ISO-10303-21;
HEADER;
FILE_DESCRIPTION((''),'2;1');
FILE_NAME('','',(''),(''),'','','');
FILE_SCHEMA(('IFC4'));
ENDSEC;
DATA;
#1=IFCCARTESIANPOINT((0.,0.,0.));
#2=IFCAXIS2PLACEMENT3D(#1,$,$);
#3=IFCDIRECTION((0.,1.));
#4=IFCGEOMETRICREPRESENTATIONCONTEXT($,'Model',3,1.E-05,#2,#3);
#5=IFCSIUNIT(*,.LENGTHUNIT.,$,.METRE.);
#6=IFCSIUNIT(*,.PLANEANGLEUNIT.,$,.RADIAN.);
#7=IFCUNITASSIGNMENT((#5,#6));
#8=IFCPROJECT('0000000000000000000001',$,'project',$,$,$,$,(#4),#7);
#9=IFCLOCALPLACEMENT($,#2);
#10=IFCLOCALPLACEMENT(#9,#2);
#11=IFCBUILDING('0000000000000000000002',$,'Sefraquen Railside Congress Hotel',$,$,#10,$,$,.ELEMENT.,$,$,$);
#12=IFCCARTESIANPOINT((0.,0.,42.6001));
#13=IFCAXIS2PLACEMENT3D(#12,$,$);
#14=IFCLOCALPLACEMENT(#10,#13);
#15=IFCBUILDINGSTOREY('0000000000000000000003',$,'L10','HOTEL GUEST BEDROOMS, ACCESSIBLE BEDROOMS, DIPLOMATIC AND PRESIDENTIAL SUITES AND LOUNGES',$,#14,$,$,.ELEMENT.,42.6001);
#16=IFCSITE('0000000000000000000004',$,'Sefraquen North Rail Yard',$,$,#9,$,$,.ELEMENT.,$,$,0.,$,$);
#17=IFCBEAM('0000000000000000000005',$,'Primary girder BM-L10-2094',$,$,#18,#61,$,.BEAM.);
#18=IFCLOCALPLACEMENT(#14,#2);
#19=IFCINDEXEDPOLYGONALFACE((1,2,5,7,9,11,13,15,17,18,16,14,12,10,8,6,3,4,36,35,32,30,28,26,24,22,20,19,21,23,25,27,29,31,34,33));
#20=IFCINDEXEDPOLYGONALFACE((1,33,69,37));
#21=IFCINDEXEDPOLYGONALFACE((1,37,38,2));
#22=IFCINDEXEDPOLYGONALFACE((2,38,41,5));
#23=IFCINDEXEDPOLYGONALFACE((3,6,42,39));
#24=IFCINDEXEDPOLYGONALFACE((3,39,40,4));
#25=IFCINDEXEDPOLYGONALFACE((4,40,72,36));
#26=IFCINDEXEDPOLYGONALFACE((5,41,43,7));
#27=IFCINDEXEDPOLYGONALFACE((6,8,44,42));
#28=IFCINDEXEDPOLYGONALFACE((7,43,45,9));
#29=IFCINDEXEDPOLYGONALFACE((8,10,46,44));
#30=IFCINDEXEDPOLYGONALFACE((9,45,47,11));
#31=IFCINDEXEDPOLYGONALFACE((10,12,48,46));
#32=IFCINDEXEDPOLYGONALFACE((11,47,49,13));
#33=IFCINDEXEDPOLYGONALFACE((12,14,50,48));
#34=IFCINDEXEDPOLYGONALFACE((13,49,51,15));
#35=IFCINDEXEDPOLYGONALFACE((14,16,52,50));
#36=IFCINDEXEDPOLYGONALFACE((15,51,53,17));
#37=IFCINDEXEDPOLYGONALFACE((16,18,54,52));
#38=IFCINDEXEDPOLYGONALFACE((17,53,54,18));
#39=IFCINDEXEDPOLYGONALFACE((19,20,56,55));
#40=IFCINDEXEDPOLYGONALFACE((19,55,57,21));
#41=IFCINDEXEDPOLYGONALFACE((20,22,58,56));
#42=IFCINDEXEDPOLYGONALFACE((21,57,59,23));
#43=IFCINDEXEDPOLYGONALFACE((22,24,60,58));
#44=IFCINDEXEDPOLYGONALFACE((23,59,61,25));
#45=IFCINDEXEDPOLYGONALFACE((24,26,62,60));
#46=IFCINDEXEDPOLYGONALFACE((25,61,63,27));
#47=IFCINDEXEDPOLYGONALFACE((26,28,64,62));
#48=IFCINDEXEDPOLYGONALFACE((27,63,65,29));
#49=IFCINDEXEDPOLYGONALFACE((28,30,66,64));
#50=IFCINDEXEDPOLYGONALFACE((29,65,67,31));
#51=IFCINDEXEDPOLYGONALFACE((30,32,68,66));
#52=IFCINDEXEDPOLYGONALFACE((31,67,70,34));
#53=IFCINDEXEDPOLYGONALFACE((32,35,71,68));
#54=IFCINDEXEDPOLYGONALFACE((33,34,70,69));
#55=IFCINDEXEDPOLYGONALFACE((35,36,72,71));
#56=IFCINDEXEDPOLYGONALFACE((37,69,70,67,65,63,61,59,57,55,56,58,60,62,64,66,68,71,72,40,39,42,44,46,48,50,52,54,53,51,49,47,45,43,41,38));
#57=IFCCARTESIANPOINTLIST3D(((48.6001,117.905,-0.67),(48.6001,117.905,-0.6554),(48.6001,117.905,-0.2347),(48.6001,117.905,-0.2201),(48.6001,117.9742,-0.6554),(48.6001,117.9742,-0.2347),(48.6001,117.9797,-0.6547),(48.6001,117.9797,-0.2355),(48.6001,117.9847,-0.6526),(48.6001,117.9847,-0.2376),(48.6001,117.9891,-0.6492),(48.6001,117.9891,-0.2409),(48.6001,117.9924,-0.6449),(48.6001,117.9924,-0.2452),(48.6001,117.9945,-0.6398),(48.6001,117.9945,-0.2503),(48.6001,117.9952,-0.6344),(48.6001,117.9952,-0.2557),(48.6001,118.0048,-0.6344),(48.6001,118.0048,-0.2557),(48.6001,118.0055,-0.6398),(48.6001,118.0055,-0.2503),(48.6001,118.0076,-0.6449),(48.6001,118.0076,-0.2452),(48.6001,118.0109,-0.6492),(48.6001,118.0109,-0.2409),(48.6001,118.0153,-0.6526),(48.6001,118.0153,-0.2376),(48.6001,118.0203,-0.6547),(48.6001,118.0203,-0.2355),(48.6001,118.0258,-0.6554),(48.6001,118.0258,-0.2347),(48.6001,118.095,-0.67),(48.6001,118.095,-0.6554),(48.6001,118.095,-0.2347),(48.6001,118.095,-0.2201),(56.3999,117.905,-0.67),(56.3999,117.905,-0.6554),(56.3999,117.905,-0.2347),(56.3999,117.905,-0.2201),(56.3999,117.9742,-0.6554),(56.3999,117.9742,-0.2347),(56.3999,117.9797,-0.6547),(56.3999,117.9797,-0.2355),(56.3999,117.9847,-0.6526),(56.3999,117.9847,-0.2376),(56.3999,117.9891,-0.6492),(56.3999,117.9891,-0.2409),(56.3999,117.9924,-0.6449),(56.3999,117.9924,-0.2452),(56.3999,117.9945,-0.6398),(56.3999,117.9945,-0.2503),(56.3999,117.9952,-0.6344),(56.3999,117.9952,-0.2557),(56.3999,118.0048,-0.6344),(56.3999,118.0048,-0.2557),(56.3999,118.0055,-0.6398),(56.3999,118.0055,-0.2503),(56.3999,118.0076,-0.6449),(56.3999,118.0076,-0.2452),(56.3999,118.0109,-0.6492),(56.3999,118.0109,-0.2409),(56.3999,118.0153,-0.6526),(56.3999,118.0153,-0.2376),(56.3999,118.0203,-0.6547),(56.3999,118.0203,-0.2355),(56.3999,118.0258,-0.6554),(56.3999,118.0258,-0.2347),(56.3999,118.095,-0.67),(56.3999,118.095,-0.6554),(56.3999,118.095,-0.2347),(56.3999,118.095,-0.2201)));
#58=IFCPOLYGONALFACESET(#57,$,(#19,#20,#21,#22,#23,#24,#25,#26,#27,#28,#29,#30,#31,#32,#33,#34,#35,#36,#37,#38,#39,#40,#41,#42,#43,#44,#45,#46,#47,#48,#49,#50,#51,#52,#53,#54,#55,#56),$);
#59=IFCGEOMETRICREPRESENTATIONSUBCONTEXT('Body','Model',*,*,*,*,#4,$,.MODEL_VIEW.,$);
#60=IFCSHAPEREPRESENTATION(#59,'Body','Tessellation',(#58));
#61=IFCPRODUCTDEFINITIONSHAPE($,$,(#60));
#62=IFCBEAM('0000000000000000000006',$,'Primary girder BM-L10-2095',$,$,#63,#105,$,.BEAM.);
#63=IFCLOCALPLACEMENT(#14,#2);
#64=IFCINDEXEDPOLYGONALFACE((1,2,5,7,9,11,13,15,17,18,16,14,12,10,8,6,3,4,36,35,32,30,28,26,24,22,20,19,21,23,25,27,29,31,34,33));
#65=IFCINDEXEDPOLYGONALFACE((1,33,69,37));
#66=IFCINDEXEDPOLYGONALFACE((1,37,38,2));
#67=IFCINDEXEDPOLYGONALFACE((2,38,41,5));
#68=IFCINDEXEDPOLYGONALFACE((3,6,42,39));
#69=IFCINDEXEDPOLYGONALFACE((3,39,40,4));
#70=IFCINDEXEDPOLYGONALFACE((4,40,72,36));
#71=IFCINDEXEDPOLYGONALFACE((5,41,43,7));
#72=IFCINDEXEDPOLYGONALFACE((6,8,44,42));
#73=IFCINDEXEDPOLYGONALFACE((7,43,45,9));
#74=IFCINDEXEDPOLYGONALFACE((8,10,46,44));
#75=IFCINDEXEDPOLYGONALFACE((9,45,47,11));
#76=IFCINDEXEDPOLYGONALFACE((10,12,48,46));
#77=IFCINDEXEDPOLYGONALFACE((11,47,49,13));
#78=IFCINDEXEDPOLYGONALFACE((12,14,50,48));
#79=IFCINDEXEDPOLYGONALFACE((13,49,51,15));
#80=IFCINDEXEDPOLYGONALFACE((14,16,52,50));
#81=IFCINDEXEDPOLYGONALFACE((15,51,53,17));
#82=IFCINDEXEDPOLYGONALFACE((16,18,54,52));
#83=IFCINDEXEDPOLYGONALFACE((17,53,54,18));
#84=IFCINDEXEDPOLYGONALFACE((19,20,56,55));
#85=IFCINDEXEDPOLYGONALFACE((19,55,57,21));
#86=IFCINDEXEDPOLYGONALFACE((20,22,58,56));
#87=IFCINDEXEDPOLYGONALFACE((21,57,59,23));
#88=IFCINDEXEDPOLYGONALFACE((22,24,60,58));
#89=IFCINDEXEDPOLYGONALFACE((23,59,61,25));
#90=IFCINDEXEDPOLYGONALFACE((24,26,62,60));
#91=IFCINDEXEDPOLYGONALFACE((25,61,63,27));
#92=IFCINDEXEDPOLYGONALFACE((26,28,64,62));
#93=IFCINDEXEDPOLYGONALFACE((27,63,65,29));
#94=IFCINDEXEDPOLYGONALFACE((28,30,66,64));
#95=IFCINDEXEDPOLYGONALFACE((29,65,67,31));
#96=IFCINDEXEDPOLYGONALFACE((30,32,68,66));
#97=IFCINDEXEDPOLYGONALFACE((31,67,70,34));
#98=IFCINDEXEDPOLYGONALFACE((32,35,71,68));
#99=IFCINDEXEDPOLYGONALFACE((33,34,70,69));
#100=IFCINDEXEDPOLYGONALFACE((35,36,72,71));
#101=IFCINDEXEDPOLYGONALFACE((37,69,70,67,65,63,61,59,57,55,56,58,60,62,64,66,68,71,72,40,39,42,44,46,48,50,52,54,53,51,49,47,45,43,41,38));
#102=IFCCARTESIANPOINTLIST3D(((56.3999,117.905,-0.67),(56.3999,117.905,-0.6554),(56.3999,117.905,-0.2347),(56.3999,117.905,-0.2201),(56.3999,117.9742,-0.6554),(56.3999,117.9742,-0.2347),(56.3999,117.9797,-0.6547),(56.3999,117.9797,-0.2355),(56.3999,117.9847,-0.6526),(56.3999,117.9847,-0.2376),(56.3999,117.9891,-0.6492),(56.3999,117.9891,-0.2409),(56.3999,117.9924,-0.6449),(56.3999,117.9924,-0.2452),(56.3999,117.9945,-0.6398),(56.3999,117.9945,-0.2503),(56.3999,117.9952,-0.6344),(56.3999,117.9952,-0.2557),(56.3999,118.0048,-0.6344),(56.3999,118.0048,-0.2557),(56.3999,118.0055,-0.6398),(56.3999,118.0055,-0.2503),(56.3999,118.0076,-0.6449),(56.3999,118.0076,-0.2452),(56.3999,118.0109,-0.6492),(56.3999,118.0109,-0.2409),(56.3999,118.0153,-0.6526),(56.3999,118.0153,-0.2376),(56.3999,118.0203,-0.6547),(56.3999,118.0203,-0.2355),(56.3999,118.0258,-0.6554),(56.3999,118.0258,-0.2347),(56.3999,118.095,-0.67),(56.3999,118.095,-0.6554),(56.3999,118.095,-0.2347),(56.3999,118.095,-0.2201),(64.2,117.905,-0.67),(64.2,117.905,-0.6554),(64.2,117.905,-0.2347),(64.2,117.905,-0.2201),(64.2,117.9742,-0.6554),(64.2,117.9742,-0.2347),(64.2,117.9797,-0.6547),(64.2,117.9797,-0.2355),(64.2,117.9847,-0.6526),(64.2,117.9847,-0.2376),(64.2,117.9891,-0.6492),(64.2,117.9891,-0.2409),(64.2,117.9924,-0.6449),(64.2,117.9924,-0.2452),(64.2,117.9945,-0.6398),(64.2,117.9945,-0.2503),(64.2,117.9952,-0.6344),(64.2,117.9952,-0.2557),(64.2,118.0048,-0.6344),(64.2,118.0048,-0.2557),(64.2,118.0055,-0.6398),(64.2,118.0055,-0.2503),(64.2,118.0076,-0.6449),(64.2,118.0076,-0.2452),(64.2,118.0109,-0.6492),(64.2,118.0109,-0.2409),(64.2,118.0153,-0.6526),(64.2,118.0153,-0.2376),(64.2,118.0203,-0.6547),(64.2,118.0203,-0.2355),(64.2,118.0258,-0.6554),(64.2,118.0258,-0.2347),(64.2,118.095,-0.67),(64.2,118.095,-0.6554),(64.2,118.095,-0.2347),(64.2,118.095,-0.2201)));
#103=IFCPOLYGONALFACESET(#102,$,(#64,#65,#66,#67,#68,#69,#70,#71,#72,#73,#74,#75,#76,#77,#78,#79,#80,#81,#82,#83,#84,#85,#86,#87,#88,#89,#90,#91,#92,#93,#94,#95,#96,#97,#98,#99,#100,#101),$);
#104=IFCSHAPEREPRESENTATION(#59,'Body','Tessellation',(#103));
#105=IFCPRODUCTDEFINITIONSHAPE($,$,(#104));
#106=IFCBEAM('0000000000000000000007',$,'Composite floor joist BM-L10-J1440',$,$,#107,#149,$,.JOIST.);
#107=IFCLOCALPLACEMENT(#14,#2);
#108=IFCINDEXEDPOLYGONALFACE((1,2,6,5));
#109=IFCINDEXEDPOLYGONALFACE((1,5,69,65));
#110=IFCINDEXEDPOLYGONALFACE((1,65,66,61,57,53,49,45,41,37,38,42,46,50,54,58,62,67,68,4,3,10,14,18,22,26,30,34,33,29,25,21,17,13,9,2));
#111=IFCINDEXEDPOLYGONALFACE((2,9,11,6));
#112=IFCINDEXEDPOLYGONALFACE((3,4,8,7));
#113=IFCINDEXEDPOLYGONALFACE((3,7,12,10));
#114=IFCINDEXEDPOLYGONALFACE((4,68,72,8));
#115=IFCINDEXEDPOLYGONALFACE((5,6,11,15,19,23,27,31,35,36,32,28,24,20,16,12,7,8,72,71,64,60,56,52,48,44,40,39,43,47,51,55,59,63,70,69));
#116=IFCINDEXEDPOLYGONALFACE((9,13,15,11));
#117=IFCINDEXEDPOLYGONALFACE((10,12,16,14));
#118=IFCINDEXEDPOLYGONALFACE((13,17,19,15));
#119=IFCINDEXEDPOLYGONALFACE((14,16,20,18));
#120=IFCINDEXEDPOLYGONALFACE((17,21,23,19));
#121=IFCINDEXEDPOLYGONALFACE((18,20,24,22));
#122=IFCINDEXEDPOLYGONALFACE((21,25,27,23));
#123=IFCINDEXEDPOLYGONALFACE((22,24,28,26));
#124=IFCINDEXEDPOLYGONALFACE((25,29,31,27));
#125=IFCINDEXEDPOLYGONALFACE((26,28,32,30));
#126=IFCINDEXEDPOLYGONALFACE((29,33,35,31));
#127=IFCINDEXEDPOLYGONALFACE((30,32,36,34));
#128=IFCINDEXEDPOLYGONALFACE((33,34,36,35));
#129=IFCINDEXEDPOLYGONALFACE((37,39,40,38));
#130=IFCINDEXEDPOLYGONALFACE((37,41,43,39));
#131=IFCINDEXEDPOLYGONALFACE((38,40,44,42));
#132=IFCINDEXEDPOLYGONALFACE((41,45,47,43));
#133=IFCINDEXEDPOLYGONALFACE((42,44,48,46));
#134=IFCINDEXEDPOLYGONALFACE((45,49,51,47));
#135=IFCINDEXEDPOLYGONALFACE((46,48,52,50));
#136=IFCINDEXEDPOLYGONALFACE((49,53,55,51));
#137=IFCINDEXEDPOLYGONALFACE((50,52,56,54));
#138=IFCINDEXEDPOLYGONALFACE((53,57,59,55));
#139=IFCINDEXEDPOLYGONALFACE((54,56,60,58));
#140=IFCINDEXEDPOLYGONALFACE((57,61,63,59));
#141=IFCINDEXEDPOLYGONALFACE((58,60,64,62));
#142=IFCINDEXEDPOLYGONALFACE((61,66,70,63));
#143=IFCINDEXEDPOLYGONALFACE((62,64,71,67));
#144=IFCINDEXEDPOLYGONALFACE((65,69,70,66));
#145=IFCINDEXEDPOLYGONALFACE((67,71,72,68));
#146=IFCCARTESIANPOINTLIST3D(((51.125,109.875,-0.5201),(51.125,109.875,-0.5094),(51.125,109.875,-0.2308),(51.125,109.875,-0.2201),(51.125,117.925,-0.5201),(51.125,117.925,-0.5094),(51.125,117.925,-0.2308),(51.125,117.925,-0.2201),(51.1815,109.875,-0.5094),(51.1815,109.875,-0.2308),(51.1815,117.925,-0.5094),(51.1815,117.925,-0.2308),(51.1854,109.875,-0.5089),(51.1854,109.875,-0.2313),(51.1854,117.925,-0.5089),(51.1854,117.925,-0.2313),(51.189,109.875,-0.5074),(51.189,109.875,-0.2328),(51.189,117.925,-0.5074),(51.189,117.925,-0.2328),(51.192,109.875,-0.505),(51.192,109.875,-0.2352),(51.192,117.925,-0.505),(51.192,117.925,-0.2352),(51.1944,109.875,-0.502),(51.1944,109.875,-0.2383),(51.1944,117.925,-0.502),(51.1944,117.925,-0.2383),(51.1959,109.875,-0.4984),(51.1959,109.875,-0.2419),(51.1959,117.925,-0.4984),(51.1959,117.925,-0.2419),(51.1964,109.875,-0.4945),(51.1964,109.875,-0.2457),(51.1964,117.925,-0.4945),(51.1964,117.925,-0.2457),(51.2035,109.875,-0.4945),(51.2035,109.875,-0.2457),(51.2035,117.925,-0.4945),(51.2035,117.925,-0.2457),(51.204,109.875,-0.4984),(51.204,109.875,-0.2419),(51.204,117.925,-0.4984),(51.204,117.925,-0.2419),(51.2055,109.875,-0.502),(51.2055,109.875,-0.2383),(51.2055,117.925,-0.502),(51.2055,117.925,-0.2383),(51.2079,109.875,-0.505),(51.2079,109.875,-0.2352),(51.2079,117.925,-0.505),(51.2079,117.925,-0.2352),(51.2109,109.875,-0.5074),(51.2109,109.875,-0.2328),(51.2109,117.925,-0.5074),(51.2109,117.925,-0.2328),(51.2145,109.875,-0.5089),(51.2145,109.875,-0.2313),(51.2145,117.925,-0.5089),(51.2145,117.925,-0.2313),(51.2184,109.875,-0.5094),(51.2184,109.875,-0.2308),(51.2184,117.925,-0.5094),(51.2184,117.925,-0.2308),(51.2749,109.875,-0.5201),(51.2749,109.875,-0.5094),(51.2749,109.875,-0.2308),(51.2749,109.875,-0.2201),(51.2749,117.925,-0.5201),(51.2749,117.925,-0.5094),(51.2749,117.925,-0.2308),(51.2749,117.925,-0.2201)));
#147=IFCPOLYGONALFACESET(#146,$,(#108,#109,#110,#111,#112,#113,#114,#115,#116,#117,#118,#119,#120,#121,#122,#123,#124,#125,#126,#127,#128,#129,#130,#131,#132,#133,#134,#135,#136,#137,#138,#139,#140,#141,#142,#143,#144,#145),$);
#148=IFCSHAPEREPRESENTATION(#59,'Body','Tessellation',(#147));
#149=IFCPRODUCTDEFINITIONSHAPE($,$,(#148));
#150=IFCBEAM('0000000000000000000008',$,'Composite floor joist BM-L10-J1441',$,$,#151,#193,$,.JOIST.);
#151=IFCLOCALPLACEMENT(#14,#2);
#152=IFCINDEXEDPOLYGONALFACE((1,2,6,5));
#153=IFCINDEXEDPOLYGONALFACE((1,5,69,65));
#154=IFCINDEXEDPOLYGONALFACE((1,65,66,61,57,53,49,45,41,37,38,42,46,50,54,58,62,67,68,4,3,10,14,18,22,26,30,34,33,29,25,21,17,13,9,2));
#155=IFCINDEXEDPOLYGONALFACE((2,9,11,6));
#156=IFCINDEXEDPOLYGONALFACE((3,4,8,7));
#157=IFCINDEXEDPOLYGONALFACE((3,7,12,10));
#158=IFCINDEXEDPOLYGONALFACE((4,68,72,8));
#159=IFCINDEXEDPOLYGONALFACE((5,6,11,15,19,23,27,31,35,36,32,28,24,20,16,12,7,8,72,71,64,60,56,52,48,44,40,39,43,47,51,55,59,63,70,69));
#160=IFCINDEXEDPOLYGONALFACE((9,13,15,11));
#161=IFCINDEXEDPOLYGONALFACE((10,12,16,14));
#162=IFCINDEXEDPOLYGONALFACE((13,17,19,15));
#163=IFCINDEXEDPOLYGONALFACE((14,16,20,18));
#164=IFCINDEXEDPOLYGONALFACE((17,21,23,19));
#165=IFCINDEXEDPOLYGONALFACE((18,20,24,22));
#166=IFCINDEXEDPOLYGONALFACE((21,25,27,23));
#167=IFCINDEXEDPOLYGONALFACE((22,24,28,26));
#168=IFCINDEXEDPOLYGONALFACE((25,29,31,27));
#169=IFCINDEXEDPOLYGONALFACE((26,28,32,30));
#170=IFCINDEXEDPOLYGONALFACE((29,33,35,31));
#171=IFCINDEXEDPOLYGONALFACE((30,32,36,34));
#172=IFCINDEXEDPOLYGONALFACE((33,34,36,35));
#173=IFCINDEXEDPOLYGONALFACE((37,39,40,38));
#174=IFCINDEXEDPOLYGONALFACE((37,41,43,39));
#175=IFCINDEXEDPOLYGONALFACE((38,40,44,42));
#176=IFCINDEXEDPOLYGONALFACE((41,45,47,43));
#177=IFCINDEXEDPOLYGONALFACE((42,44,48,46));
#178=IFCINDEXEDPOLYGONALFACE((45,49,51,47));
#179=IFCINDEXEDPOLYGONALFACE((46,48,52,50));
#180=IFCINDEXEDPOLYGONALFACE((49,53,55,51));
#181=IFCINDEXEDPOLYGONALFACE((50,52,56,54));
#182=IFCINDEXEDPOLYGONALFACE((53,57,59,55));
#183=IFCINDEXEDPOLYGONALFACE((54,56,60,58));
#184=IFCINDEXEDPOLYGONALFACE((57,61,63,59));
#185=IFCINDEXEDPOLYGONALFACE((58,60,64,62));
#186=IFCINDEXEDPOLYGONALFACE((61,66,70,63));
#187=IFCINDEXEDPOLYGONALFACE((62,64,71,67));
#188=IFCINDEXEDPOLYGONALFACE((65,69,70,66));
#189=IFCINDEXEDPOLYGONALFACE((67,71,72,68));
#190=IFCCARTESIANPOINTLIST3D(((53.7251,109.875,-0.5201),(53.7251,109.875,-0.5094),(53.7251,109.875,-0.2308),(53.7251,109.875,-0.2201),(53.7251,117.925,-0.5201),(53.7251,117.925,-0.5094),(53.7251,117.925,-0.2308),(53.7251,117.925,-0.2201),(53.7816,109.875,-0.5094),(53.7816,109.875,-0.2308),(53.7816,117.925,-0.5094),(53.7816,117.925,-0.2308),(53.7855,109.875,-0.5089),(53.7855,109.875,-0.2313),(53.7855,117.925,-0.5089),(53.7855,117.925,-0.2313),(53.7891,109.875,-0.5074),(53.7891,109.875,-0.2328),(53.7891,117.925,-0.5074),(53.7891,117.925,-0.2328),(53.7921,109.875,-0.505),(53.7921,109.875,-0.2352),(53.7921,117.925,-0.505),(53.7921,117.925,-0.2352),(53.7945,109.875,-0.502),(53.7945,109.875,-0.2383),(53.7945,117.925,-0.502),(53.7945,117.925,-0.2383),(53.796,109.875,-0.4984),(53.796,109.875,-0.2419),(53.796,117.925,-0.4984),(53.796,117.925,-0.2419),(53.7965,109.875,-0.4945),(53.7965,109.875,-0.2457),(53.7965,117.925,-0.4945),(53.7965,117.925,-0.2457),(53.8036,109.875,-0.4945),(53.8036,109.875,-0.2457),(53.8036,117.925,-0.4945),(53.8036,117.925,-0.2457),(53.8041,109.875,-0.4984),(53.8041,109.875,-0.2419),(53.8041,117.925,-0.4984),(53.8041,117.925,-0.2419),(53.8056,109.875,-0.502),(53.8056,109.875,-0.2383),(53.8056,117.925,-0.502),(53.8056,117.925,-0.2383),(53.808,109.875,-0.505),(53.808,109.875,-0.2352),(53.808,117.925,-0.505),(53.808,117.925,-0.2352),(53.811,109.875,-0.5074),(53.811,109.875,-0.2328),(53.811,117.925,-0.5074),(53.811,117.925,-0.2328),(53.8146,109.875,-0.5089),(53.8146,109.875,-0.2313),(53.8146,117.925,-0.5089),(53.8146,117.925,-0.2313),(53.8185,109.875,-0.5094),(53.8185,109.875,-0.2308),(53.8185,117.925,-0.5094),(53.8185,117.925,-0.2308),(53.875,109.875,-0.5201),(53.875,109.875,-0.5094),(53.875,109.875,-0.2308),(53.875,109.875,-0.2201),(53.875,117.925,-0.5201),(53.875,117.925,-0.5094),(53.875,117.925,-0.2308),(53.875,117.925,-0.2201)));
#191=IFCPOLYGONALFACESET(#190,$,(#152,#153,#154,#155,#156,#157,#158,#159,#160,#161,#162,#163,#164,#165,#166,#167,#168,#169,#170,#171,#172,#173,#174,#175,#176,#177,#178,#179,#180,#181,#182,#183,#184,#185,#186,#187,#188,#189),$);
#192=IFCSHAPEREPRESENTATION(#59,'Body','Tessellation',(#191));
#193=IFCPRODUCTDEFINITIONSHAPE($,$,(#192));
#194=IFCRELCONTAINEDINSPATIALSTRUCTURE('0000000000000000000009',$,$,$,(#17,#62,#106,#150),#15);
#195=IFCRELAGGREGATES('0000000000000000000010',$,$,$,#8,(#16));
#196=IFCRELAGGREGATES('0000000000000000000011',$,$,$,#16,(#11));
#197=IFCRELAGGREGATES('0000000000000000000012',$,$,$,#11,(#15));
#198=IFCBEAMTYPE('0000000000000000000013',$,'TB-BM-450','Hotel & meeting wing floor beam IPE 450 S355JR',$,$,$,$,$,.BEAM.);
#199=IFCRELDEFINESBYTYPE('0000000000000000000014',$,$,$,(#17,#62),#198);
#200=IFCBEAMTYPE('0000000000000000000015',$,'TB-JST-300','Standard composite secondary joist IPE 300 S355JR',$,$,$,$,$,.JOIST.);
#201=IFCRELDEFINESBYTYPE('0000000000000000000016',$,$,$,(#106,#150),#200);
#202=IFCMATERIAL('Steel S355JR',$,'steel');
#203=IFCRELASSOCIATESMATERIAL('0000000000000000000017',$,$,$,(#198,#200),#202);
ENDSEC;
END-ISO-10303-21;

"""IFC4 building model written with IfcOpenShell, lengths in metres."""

from ifc_helpers import new_model, si_unit, direction, frame, origin, origin_2d, place, context, subcontext, project, spatial, i_section, extrude, material, material_profile, profile_set, type_object, element, save


model = new_model("IFC4")

# Units and contexts
model_context = context("Model", 3, precision=1e-05, world=origin(), true_north=direction((0.0, 1.0)))
body_context = subcontext(model_context, "Body", "Model", "MODEL_VIEW")
ifc_project = project(units=[si_unit("LENGTHUNIT", "METRE"), si_unit("PLANEANGLEUNIT", "RADIAN")], contexts=[model_context])

# Site, building, storey
site_placement = place(None, origin())
site = spatial("IfcSite", under=ifc_project, at=site_placement, Name="Sefraquen North Rail Yard", CompositionType="ELEMENT", RefElevation=0.0)
building_placement = place(site_placement, origin())
building = spatial("IfcBuilding", under=site, at=building_placement, Name="Sefraquen Railside Congress Hotel", CompositionType="ELEMENT")
storey_placement = place(building_placement, frame((0.0, 0.0, 42.6001)))
storey = spatial("IfcBuildingStorey", under=building, at=storey_placement, Name="L10", Description="HOTEL GUEST BEDROOMS, ACCESSIBLE BEDROOMS, DIPLOMATIC AND PRESIDENTIAL SUITES AND LOUNGES", CompositionType="ELEMENT", Elevation=42.6001)

# Shared definitions
ifc_material_1 = material(Name="Steel S355JR", Category="steel")

# Beams
ifc_material_profile_1 = material_profile(ifc_material_1, i_section(OverallWidth=0.1899, OverallDepth=0.45, WebThickness=0.0095, FlangeThickness=0.0146, FilletRadius=0.021, at=origin_2d()), Name="IPE 450")
ifc_profile_set_1 = profile_set([ifc_material_profile_1], Name="Steel S355JR")
beam_type_1 = type_object("IfcBeamType", Name="TB-BM-450", Description="Hotel & meeting wing floor beam IPE 450 S355JR", PredefinedType="BEAM", material=ifc_profile_set_1)
beam_1_placement = place(storey_placement, frame((48.6001, 118.0, -0.4451), z_axis=(1.0, 0.0, 0.0), x_axis=(0.0, 1.0, 0.0)))
element("IfcBeam", 1, at=beam_1_placement, inside=storey, type_object=beam_type_1, Name="Primary girder BM-L10-2094", PredefinedType="BEAM", context=body_context, shape_type="SweptSolid", body=[
    extrude(i_section(OverallWidth=0.1899, OverallDepth=0.45, WebThickness=0.0095, FlangeThickness=0.0146, FilletRadius=0.021, at=origin_2d()), origin(), (0.0, 0.0, 1.0), 7.7998),
])
beam_2_placement = place(storey_placement, frame((56.3999, 118.0, -0.4451), z_axis=(1.0, 0.0, 0.0), x_axis=(0.0, 1.0, 0.0)))
element("IfcBeam", 2, at=beam_2_placement, inside=storey, type_object=beam_type_1, Name="Primary girder BM-L10-2095", PredefinedType="BEAM", context=body_context, shape_type="SweptSolid", body=[
    extrude(i_section(OverallWidth=0.1899, OverallDepth=0.45, WebThickness=0.0095, FlangeThickness=0.0146, FilletRadius=0.021, at=origin_2d()), origin(), (0.0, 0.0, 1.0), 7.8),
])
ifc_material_profile_2 = material_profile(ifc_material_1, i_section(OverallWidth=0.1499, OverallDepth=0.3, WebThickness=0.0071, FlangeThickness=0.0107, FilletRadius=0.0149, at=origin_2d()), Name="IPE 300")
ifc_profile_set_2 = profile_set([ifc_material_profile_2], Name="Steel S355JR")
beam_type_2 = type_object("IfcBeamType", Name="TB-JST-300", Description="Standard composite secondary joist IPE 300 S355JR", PredefinedType="JOIST", material=ifc_profile_set_2)
for number, where, z_axis, x_axis, name in (
    (3, (51.2, 109.875, -0.3701), (0.0, 1.0, 0.0), (-1.0, 0.0, 0.0), "Composite floor joist BM-L10-J1440"),
    (4, (53.8, 109.875, -0.3701), (0.0, 1.0, 0.0), (-1.0, 0.0, 0.0), "Composite floor joist BM-L10-J1441"),
):
    element("IfcBeam", number, at=place(storey_placement, frame(where, z_axis=z_axis, x_axis=x_axis)), inside=storey, type_object=beam_type_2, Name=name, PredefinedType="JOIST", context=body_context, shape_type="SweptSolid", body=[
        extrude(i_section(OverallWidth=0.1499, OverallDepth=0.3, WebThickness=0.0071, FlangeThickness=0.0107, FilletRadius=0.0149, at=origin_2d()), origin(), (0.0, 0.0, 1.0), 8.05),
    ])

save(model, "model.ifc")
